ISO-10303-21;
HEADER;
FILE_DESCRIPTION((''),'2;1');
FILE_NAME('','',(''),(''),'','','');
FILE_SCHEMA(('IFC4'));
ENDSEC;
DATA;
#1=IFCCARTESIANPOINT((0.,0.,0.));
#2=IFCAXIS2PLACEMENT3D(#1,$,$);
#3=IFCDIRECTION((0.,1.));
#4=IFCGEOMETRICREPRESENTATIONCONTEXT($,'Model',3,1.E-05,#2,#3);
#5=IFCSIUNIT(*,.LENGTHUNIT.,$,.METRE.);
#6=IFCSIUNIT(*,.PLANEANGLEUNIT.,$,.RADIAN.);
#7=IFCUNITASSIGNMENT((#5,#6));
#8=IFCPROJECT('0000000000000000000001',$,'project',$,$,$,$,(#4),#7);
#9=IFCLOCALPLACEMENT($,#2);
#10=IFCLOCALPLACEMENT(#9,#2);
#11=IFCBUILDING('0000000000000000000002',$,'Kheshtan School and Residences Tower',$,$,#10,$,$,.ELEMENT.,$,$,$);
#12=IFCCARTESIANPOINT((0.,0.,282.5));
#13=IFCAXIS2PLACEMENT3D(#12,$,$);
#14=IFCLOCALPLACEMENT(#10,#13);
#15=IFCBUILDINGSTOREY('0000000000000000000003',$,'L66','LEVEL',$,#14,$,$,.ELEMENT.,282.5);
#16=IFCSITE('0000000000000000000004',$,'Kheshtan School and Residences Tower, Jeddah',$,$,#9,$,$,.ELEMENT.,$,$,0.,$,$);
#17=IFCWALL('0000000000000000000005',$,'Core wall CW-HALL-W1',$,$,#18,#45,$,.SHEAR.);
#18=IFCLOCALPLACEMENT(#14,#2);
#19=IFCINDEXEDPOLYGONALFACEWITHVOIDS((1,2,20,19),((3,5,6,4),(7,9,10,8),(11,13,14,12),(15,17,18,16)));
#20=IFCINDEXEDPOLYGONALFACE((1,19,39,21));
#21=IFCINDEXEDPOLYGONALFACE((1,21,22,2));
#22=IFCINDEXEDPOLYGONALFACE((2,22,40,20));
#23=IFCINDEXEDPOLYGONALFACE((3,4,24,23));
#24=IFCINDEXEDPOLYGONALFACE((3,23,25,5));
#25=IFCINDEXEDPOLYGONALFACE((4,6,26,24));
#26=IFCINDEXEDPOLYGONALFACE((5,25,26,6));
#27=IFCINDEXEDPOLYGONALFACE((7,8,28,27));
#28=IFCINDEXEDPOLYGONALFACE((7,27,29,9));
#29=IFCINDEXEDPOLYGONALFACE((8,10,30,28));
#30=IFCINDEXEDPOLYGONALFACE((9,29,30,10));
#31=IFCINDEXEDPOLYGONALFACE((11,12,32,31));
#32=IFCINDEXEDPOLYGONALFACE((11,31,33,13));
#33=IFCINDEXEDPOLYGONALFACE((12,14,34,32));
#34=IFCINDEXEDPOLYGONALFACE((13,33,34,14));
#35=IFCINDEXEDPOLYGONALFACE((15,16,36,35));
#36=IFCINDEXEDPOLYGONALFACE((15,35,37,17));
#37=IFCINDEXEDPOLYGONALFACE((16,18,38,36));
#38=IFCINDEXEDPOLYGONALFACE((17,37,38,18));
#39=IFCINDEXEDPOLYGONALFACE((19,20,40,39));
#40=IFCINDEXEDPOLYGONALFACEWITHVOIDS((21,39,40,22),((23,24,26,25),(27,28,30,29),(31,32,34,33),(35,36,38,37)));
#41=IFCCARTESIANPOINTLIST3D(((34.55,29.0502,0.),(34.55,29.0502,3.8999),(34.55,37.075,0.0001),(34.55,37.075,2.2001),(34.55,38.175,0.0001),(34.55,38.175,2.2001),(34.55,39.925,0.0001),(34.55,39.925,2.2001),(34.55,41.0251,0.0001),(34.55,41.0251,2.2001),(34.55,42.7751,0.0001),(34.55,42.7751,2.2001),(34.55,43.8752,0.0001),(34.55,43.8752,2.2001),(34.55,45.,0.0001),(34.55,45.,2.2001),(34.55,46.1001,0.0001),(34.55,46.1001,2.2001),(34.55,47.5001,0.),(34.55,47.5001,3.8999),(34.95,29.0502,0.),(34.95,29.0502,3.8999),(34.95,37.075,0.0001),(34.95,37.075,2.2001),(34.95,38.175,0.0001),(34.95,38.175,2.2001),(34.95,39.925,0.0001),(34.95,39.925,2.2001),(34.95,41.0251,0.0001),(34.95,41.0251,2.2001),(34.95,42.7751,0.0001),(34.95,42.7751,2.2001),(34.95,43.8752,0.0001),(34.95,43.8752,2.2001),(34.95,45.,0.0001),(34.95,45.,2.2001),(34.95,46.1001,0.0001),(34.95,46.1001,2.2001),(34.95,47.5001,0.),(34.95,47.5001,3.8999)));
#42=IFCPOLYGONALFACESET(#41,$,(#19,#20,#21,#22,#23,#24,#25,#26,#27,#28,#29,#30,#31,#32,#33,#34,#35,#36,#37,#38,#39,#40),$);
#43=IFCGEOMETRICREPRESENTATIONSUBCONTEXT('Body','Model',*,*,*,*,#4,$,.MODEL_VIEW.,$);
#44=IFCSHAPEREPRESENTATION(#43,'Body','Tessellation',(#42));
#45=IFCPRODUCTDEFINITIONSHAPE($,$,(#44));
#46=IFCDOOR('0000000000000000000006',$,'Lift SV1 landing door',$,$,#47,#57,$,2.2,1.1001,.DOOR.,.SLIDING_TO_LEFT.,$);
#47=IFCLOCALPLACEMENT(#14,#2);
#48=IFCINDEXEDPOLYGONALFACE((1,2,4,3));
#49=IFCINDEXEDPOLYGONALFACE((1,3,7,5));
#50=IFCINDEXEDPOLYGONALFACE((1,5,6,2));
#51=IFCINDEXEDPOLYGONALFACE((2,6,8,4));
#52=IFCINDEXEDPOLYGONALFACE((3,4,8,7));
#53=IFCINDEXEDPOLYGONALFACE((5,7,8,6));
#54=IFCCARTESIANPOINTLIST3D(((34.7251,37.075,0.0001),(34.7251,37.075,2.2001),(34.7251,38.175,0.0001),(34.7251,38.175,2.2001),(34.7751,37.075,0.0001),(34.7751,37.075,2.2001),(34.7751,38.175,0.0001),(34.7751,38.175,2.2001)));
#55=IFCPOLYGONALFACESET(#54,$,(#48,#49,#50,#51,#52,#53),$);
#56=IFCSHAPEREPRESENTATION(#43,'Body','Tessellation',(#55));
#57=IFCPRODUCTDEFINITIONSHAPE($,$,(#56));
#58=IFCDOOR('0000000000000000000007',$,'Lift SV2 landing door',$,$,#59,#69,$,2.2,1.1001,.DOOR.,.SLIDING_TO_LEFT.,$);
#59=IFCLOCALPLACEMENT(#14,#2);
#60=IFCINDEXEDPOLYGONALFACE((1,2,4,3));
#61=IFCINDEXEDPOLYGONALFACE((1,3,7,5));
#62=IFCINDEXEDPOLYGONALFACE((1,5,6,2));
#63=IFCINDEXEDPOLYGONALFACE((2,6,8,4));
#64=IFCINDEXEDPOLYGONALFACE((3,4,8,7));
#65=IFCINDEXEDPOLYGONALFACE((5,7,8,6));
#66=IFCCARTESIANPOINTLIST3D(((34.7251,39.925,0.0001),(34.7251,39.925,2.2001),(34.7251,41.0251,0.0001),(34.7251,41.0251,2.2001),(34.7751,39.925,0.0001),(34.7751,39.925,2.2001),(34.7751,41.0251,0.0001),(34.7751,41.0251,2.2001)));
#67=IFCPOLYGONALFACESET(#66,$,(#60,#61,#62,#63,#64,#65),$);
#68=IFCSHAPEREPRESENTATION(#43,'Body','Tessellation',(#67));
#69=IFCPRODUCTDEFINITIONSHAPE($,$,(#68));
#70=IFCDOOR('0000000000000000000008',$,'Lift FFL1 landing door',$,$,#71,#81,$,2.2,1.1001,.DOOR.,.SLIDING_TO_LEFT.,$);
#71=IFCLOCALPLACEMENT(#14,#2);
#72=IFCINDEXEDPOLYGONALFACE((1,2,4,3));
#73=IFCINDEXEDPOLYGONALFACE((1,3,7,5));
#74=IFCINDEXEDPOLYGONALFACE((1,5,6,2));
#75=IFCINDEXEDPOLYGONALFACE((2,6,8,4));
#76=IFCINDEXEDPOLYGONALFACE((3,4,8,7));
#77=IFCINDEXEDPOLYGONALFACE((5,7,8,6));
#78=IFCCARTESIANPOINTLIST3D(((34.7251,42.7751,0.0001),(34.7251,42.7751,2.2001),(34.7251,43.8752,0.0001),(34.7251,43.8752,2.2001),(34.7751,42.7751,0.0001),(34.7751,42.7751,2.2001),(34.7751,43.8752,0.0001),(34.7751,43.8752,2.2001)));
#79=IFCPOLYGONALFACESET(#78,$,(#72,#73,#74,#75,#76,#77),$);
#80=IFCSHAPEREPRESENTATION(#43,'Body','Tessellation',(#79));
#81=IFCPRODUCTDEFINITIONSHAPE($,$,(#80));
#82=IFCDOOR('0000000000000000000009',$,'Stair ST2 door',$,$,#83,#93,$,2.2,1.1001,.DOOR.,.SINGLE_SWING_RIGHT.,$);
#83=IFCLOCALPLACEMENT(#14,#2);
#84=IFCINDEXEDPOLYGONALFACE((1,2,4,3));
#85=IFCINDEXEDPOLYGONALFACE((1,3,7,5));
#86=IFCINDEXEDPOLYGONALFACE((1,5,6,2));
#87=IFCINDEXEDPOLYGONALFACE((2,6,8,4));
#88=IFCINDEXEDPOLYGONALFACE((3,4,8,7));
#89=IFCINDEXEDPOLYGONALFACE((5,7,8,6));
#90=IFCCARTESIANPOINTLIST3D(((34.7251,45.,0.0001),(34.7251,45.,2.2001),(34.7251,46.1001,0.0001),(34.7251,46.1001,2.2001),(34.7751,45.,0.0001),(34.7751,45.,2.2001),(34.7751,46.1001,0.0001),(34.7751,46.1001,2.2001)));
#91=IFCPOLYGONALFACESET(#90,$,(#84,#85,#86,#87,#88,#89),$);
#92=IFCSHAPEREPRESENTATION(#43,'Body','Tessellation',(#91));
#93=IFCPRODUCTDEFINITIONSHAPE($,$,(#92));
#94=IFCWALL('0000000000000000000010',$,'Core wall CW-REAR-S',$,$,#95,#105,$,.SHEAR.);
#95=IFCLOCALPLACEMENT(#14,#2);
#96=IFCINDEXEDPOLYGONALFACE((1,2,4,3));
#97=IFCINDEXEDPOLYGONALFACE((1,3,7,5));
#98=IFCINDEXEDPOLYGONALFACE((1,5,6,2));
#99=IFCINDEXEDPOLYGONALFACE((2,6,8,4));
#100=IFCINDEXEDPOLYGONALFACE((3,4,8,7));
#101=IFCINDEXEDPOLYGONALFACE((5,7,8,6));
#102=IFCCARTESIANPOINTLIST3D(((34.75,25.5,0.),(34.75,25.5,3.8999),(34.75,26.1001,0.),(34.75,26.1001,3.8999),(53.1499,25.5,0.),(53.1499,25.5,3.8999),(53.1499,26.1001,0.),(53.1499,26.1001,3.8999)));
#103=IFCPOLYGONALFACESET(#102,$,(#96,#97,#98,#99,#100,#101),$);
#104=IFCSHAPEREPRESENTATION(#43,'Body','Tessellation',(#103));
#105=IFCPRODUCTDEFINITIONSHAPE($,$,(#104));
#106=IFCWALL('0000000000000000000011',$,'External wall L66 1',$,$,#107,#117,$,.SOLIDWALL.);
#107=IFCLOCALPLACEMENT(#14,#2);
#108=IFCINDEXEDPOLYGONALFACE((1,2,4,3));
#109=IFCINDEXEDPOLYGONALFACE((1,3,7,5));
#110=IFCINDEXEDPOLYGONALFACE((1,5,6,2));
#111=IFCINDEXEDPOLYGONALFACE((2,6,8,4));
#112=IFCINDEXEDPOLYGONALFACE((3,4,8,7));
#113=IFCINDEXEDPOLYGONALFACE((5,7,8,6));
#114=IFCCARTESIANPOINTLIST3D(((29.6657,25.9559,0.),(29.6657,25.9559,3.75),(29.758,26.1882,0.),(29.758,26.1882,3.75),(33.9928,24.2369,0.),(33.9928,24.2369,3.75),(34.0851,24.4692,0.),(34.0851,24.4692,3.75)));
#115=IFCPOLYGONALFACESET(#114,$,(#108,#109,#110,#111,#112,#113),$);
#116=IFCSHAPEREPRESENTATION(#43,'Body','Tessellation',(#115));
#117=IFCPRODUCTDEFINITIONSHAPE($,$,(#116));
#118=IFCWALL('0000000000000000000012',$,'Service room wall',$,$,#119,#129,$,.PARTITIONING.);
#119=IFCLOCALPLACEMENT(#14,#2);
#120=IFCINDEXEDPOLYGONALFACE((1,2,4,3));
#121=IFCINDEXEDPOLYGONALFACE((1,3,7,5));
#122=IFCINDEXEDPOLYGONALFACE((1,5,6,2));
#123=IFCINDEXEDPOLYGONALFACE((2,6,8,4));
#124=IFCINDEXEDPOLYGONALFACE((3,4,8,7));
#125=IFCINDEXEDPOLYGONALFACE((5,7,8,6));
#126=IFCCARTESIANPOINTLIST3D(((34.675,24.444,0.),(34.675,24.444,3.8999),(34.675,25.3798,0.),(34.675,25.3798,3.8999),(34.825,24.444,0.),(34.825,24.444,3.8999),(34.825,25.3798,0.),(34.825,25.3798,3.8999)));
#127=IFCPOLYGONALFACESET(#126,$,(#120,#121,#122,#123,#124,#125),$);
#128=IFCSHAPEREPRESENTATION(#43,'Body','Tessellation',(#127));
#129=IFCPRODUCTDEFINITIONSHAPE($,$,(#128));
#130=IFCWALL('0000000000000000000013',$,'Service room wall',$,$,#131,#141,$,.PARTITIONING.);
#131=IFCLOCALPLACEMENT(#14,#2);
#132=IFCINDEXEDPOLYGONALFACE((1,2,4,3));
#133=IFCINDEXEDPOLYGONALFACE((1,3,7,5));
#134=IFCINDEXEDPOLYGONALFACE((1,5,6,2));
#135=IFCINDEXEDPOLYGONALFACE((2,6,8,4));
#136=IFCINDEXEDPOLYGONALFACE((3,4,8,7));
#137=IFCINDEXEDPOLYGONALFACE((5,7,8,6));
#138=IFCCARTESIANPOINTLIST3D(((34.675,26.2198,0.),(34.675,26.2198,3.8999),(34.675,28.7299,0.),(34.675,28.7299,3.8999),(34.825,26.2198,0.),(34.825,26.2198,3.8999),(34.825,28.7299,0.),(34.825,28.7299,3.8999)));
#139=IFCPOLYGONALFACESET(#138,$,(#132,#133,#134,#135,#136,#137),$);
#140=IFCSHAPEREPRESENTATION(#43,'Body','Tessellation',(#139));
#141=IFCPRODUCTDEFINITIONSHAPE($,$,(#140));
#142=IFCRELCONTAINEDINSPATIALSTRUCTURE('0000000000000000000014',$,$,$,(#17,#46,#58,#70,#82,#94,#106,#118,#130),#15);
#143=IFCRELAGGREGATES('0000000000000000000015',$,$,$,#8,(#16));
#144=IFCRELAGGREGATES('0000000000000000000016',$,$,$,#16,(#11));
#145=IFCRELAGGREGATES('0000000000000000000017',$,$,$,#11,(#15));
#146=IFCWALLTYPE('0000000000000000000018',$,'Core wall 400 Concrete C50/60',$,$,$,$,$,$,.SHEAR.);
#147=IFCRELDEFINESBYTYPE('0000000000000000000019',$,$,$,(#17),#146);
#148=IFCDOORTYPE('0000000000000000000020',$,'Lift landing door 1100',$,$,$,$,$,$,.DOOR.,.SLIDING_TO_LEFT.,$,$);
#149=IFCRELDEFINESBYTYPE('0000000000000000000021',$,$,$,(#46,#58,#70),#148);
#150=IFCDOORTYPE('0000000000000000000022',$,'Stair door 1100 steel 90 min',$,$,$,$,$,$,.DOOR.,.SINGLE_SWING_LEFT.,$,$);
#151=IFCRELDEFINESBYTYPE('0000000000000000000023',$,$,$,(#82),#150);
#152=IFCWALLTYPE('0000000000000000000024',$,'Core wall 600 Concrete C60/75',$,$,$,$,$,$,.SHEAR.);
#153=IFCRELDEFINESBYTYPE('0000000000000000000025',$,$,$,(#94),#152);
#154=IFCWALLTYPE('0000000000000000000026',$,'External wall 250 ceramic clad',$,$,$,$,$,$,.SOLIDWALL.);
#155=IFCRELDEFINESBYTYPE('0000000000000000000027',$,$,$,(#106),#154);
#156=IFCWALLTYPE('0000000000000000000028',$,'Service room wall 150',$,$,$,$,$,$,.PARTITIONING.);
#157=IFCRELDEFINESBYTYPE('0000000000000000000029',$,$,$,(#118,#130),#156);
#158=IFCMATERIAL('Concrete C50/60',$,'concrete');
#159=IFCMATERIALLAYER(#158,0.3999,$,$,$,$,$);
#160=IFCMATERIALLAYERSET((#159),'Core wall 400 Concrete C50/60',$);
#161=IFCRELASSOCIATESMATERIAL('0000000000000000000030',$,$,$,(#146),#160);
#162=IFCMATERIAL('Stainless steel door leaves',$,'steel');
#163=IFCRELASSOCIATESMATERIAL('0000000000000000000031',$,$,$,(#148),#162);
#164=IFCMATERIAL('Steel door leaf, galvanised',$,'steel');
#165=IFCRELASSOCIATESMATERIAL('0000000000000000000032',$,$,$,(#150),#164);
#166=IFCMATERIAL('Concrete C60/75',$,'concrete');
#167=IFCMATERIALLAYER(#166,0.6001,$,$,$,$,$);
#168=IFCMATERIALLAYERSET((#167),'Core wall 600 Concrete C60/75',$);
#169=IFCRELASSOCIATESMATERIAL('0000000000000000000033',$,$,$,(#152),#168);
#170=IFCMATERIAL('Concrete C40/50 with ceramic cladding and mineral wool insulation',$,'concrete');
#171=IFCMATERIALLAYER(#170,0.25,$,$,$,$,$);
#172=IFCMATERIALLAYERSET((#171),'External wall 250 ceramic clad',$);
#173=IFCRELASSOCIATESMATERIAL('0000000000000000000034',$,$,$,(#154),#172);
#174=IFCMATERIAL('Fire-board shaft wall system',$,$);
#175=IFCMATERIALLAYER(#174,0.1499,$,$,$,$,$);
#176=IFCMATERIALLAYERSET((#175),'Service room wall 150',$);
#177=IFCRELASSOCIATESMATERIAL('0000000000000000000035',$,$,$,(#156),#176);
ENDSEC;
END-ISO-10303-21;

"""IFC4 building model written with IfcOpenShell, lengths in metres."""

from ifc_helpers import new_model, si_unit, direction, frame, frame_2d, origin, place, context, subcontext, project, spatial, rectangle, extrude, source, transform, mapped, material, layer, layer_set, type_object, element, fill, save


model = new_model("IFC4")

# Units and contexts
model_context = context("Model", 3, precision=1e-05, world=origin(), true_north=direction((0.0, 1.0)))
body_context = subcontext(model_context, "Body", "Model", "MODEL_VIEW")
ifc_project = project(units=[si_unit("LENGTHUNIT", "METRE"), si_unit("PLANEANGLEUNIT", "RADIAN")], contexts=[model_context])

# Site, building, storey
site_placement = place(None, origin())
site = spatial("IfcSite", under=ifc_project, at=site_placement, Name="Kheshtan School and Residences Tower, Jeddah", CompositionType="ELEMENT", RefElevation=0.0)
building_placement = place(site_placement, origin())
building = spatial("IfcBuilding", under=site, at=building_placement, Name="Kheshtan School and Residences Tower", CompositionType="ELEMENT")
storey_placement = place(building_placement, frame((0.0, 0.0, 282.5)))
storey = spatial("IfcBuildingStorey", under=building, at=storey_placement, Name="L66", Description="LEVEL", CompositionType="ELEMENT", Elevation=282.5)

# Wall, openings, doors
ifc_material_1 = material(Name="Concrete C50/60", Category="concrete")
ifc_layer_1 = layer(ifc_material_1, 0.3999)
ifc_layer_set_1 = layer_set([ifc_layer_1], Name="Core wall 400 Concrete C50/60")
wall_type_1 = type_object("IfcWallType", Name="Core wall 400 Concrete C50/60", PredefinedType="SHEAR", material=ifc_layer_set_1)
ifc_material_2 = material(Name="Stainless steel door leaves", Category="steel")
door_type_1 = type_object("IfcDoorType", Name="Lift landing door 1100", OperationType="SLIDING_TO_LEFT", PredefinedType="DOOR", material=ifc_material_2)
shared_shape_1 = source(origin(), body_context, "Body", "SweptSolid", [
    extrude(rectangle(XDim=1.1001, YDim=2.2, at=frame_2d((0.55, 1.1001))), frame((0.0, 0.0249, 0.0), z_axis=(0.0, -1.0, 0.0), x_axis=(1.0, 0.0, 0.0)), (0.0, 0.0, 1.0), 0.05),
])
ifc_material_3 = material(Name="Steel door leaf, galvanised", Category="steel")
wall_1_placement = place(storey_placement, frame((34.75, 29.05, 0.0), z_axis=(0.0, 0.0, 1.0), x_axis=(0.0, 1.0, 0.0)))
wall_1 = element("IfcWall", 1, at=wall_1_placement, inside=storey, type_object=wall_type_1, Name="Core wall CW-HALL-W1", PredefinedType="SHEAR", context=body_context, shape_type="SweptSolid", body=[
    extrude(rectangle(XDim=18.45, YDim=0.3999, at=frame_2d((9.2251, 0.0))), origin(), (0.0, 0.0, 1.0), 3.8999),
])
opening_1_placement = place(wall_1_placement, frame((8.0249, 0.0, 0.0)))
opening_1 = element("IfcOpeningElement", 2, at=opening_1_placement, cuts=wall_1, PredefinedType="OPENING", context=body_context, shape_type="SweptSolid", body=[
    extrude(rectangle(XDim=1.1001, YDim=2.2, at=frame_2d((0.55, 1.1001))), frame((0.0, 0.21, 0.0), z_axis=(0.0, -1.0, 0.0), x_axis=(1.0, 0.0, 0.0)), (0.0, 0.0, 1.0), 0.4199),
])
opening_2_placement = place(wall_1_placement, frame((10.875, 0.0, 0.0)))
opening_2 = element("IfcOpeningElement", 3, at=opening_2_placement, cuts=wall_1, PredefinedType="OPENING", context=body_context, shape_type="SweptSolid", body=[
    extrude(rectangle(XDim=1.1001, YDim=2.2, at=frame_2d((0.55, 1.1001))), frame((0.0, 0.21, 0.0), z_axis=(0.0, -1.0, 0.0), x_axis=(1.0, 0.0, 0.0)), (0.0, 0.0, 1.0), 0.4199),
])
opening_3_placement = place(wall_1_placement, frame((13.7251, 0.0, 0.0)))
opening_3 = element("IfcOpeningElement", 4, at=opening_3_placement, cuts=wall_1, PredefinedType="OPENING", context=body_context, shape_type="SweptSolid", body=[
    extrude(rectangle(XDim=1.1001, YDim=2.2, at=frame_2d((0.55, 1.1001))), frame((0.0, 0.21, 0.0), z_axis=(0.0, -1.0, 0.0), x_axis=(1.0, 0.0, 0.0)), (0.0, 0.0, 1.0), 0.4199),
])
opening_4_placement = place(wall_1_placement, frame((15.95, 0.0, 0.0)))
opening_4 = element("IfcOpeningElement", 5, at=opening_4_placement, cuts=wall_1, PredefinedType="OPENING", context=body_context, shape_type="SweptSolid", body=[
    extrude(rectangle(XDim=1.1001, YDim=2.2, at=frame_2d((0.55, 1.1001))), frame((0.0, 0.21, 0.0), z_axis=(0.0, -1.0, 0.0), x_axis=(1.0, 0.0, 0.0)), (0.0, 0.0, 1.0), 0.4199),
])
door_1_placement = place(opening_1_placement, origin())
door_1 = element("IfcDoor", 6, at=door_1_placement, inside=storey, type_object=door_type_1, Name="Lift SV1 landing door", OperationType="SLIDING_TO_LEFT", OverallHeight=2.2, OverallWidth=1.1001, PredefinedType="DOOR", context=body_context, shape_type="MappedRepresentation", body=[
    mapped(shared_shape_1, transform((0.0, 0.0, 0.0), x_axis=(1.0, 0.0, 0.0), y_axis=(0.0, 1.0, 0.0), z_axis=(0.0, 0.0, 1.0), scale=1.0)),
])
fill(opening_1, door_1)
door_2_placement = place(opening_2_placement, origin())
door_2 = element("IfcDoor", 7, at=door_2_placement, inside=storey, type_object=door_type_1, Name="Lift SV2 landing door", OperationType="SLIDING_TO_LEFT", OverallHeight=2.2, OverallWidth=1.1001, PredefinedType="DOOR", context=body_context, shape_type="MappedRepresentation", body=[
    mapped(shared_shape_1, transform((0.0, 0.0, 0.0), x_axis=(1.0, 0.0, 0.0), y_axis=(0.0, 1.0, 0.0), z_axis=(0.0, 0.0, 1.0), scale=1.0)),
])
fill(opening_2, door_2)
door_3_placement = place(opening_3_placement, origin())
door_3 = element("IfcDoor", 8, at=door_3_placement, inside=storey, type_object=door_type_1, Name="Lift FFL1 landing door", OperationType="SLIDING_TO_LEFT", OverallHeight=2.2, OverallWidth=1.1001, PredefinedType="DOOR", context=body_context, shape_type="MappedRepresentation", body=[
    mapped(shared_shape_1, transform((0.0, 0.0, 0.0), x_axis=(1.0, 0.0, 0.0), y_axis=(0.0, 1.0, 0.0), z_axis=(0.0, 0.0, 1.0), scale=1.0)),
])
fill(opening_3, door_3)
door_type_2 = type_object("IfcDoorType", Name="Stair door 1100 steel 90 min", OperationType="SINGLE_SWING_LEFT", PredefinedType="DOOR", material=ifc_material_3)
shared_shape_2 = source(origin(), body_context, "Body", "SweptSolid", [
    extrude(rectangle(XDim=1.1001, YDim=2.2, at=frame_2d((0.55, 1.1001))), frame((0.0, 0.0249, 0.0), z_axis=(0.0, -1.0, 0.0), x_axis=(1.0, 0.0, 0.0)), (0.0, 0.0, 1.0), 0.05),
])
door_4_placement = place(opening_4_placement, origin())
door_4 = element("IfcDoor", 9, at=door_4_placement, inside=storey, type_object=door_type_2, Name="Stair ST2 door", OperationType="SINGLE_SWING_RIGHT", OverallHeight=2.2, OverallWidth=1.1001, PredefinedType="DOOR", context=body_context, shape_type="MappedRepresentation", body=[
    mapped(shared_shape_2, transform((0.0, 0.0, 0.0), x_axis=(1.0, 0.0, 0.0), y_axis=(0.0, 1.0, 0.0), z_axis=(0.0, 0.0, 1.0), scale=1.0)),
])
fill(opening_4, door_4)

# Walls
ifc_material_4 = material(Name="Concrete C60/75", Category="concrete")
ifc_layer_2 = layer(ifc_material_4, 0.6001)
ifc_layer_set_2 = layer_set([ifc_layer_2], Name="Core wall 600 Concrete C60/75")
wall_type_2 = type_object("IfcWallType", Name="Core wall 600 Concrete C60/75", PredefinedType="SHEAR", material=ifc_layer_set_2)
wall_2_placement = place(storey_placement, frame((34.75, 25.8, 0.0), z_axis=(0.0, 0.0, 1.0), x_axis=(1.0, 0.0, 0.0)))
element("IfcWall", 10, at=wall_2_placement, inside=storey, type_object=wall_type_2, Name="Core wall CW-REAR-S", PredefinedType="SHEAR", context=body_context, shape_type="SweptSolid", body=[
    extrude(rectangle(XDim=18.3999, YDim=0.6001, at=frame_2d((9.2, 0.0))), origin(), (0.0, 0.0, 1.0), 3.8999),
])
ifc_material_5 = material(Name="Concrete C40/50 with ceramic cladding and mineral wool insulation", Category="concrete")
ifc_layer_3 = layer(ifc_material_5, 0.25)
ifc_layer_set_3 = layer_set([ifc_layer_3], Name="External wall 250 ceramic clad")
wall_type_3 = type_object("IfcWallType", Name="External wall 250 ceramic clad", PredefinedType="SOLIDWALL", material=ifc_layer_set_3)
wall_3_placement = place(storey_placement, frame((34.0391, 24.353, 0.0), z_axis=(0.0, 0.0, 1.0), x_axis=(-0.929353, 0.369193, 0.0)))
element("IfcWall", 11, at=wall_3_placement, inside=storey, type_object=wall_type_3, Name="External wall L66 1", PredefinedType="SOLIDWALL", context=body_context, shape_type="SweptSolid", body=[
    extrude(rectangle(XDim=4.656, YDim=0.25, at=frame_2d((2.3281, 0.0))), origin(), (0.0, 0.0, 1.0), 3.75),
])
ifc_material_6 = material(Name="Fire-board shaft wall system")
ifc_layer_4 = layer(ifc_material_6, 0.1499)
ifc_layer_set_4 = layer_set([ifc_layer_4], Name="Service room wall 150")
wall_type_4 = type_object("IfcWallType", Name="Service room wall 150", PredefinedType="PARTITIONING", material=ifc_layer_set_4)
wall_4_placement = place(storey_placement, frame((34.75, 24.4441, 0.0), z_axis=(0.0, 0.0, 1.0), x_axis=(0.0, 1.0, 0.0)))
element("IfcWall", 12, at=wall_4_placement, inside=storey, type_object=wall_type_4, Name="Service room wall", PredefinedType="PARTITIONING", context=body_context, shape_type="SweptSolid", body=[
    extrude(rectangle(XDim=0.9358, YDim=0.1499, at=frame_2d((0.4678, 0.0))), origin(), (0.0, 0.0, 1.0), 3.8999),
])
wall_5_placement = place(storey_placement, frame((34.75, 26.22, 0.0), z_axis=(0.0, 0.0, 1.0), x_axis=(0.0, 1.0, 0.0)))
element("IfcWall", 13, at=wall_5_placement, inside=storey, type_object=wall_type_4, Name="Service room wall", PredefinedType="PARTITIONING", context=body_context, shape_type="SweptSolid", body=[
    extrude(rectangle(XDim=2.51, YDim=0.1499, at=frame_2d((1.2549, 0.0))), origin(), (0.0, 0.0, 1.0), 3.8999),
])

save(model, "model.ifc")
